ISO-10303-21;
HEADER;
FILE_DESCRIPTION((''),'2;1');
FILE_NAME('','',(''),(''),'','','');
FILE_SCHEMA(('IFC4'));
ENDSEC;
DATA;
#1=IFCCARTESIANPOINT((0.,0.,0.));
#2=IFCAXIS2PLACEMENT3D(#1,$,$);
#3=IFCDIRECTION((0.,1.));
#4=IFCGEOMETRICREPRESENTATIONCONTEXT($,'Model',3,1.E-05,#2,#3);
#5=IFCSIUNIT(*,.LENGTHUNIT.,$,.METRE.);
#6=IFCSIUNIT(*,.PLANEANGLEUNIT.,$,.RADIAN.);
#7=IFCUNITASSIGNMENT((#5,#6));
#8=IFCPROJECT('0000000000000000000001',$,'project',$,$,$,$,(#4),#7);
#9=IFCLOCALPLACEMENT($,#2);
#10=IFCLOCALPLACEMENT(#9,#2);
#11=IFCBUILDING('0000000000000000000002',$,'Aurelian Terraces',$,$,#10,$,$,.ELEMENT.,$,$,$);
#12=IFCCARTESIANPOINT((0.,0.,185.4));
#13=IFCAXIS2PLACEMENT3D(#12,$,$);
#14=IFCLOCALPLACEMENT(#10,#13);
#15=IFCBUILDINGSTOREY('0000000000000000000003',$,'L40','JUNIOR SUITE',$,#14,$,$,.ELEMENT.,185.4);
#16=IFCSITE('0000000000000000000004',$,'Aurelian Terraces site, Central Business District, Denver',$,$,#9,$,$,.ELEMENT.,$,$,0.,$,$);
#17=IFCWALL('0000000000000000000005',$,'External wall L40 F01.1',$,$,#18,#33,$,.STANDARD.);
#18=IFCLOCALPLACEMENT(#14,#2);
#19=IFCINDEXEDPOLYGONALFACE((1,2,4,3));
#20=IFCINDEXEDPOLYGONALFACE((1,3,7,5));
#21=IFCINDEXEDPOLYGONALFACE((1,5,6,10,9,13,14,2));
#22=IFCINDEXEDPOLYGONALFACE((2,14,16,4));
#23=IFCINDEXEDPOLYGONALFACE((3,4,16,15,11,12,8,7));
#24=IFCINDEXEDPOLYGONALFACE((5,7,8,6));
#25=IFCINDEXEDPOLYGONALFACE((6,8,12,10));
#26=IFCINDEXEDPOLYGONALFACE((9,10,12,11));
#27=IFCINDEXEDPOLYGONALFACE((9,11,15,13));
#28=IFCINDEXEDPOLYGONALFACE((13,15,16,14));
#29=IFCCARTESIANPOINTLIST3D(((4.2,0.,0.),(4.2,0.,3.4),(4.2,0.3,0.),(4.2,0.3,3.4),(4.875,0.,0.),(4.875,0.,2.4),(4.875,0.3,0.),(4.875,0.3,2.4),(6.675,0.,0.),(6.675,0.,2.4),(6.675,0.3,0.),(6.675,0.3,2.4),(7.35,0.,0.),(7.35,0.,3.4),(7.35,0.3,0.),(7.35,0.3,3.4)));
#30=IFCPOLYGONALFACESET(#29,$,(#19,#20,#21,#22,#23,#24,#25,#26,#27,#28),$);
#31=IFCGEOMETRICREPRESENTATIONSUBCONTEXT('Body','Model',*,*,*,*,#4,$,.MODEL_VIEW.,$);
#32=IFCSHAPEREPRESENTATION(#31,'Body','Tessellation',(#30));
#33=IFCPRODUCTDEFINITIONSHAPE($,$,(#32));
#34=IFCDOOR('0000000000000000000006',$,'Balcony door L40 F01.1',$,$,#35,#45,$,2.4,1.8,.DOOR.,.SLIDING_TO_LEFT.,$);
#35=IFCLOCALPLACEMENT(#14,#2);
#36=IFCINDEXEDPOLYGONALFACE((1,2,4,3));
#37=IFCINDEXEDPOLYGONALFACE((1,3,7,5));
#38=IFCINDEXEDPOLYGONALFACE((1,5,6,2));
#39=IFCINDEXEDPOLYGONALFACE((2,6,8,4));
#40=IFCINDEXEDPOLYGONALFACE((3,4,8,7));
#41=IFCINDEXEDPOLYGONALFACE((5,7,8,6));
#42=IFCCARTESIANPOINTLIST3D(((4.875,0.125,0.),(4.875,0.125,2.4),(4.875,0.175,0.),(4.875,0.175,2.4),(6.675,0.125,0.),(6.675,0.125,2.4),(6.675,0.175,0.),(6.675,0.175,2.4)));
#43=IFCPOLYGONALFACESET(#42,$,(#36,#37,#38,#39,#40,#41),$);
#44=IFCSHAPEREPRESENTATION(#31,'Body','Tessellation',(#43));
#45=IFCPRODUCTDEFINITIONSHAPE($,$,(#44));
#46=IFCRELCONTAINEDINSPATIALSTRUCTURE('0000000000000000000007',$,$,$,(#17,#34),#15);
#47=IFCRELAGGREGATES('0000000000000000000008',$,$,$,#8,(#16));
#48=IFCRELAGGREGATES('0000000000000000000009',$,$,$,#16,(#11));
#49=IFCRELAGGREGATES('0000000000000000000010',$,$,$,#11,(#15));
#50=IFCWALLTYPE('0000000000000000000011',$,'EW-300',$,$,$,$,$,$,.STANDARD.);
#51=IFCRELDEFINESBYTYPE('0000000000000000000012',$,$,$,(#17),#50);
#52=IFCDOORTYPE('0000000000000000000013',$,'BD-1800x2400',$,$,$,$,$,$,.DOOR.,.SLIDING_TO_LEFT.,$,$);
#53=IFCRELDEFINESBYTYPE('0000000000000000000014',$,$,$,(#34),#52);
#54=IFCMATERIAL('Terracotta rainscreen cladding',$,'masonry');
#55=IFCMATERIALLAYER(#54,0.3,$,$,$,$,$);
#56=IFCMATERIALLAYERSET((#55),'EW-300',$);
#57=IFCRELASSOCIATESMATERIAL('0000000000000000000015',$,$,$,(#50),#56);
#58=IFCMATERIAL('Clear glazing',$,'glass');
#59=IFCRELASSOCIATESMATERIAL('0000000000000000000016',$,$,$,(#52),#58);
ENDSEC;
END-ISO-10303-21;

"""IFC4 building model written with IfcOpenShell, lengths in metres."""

from ifc_helpers import new_model, si_unit, direction, frame, frame_2d, origin, place, context, subcontext, project, spatial, rectangle, extrude, source, transform, mapped, material, layer, layer_set, type_object, element, fill, save


model = new_model("IFC4")

# Units and contexts
model_context = context("Model", 3, precision=1e-05, world=origin(), true_north=direction((0.0, 1.0)))
body_context = subcontext(model_context, "Body", "Model", "MODEL_VIEW")
ifc_project = project(units=[si_unit("LENGTHUNIT", "METRE"), si_unit("PLANEANGLEUNIT", "RADIAN")], contexts=[model_context])

# Site, building, storey
site_placement = place(None, origin())
site = spatial("IfcSite", under=ifc_project, at=site_placement, Name="Aurelian Terraces site, Central Business District, Denver", CompositionType="ELEMENT", RefElevation=0.0)
building_placement = place(site_placement, origin())
building = spatial("IfcBuilding", under=site, at=building_placement, Name="Aurelian Terraces", CompositionType="ELEMENT")
storey_placement = place(building_placement, frame((0.0, 0.0, 185.4)))
storey = spatial("IfcBuildingStorey", under=building, at=storey_placement, Name="L40", Description="JUNIOR SUITE", CompositionType="ELEMENT", Elevation=185.4)

# Shared definitions
ifc_material_1 = material(Name="Terracotta rainscreen cladding", Category="masonry")
ifc_layer_1 = layer(ifc_material_1, 0.3)
ifc_layer_set_1 = layer_set([ifc_layer_1], Name="EW-300")
wall_type_1 = type_object("IfcWallType", Name="EW-300", PredefinedType="STANDARD", material=ifc_layer_set_1)
ifc_material_2 = material(Name="Clear glazing", Category="glass")

# Wall, opening, door
shared_shape_1 = source(origin(), body_context, "Body", "SweptSolid", [
    extrude(rectangle(XDim=3.15, YDim=0.3, at=frame_2d((1.575, 0.0))), origin(), (0.0, 0.0, 1.0), 3.4),
])
wall_1_placement = place(storey_placement, frame((4.2, 0.15, 0.0), z_axis=(0.0, 0.0, 1.0), x_axis=(1.0, 0.0, 0.0)))
wall_1 = element("IfcWall", 1, at=wall_1_placement, inside=storey, type_object=wall_type_1, Name="External wall L40 F01.1", PredefinedType="STANDARD", context=body_context, shape_type="MappedRepresentation", body=[
    mapped(shared_shape_1, transform((0.0, 0.0, 0.0), scale=1.0)),
])
shared_shape_2 = source(origin(), body_context, "Body", "SweptSolid", [
    extrude(rectangle(XDim=1.8, YDim=2.4, at=frame_2d((0.9, 1.2))), frame((0.0, 0.16, 0.0), z_axis=(0.0, -1.0, 0.0), x_axis=(1.0, 0.0, 0.0)), (0.0, 0.0, 1.0), 0.32),
])
opening_1_placement = place(wall_1_placement, frame((0.675, 0.0, 0.0)))
opening_1 = element("IfcOpeningElement", 2, at=opening_1_placement, cuts=wall_1, PredefinedType="OPENING", context=body_context, shape_type="MappedRepresentation", body=[
    mapped(shared_shape_2, transform((0.0, 0.0, 0.0), scale=1.0)),
])
door_type_1 = type_object("IfcDoorType", Name="BD-1800x2400", OperationType="SLIDING_TO_LEFT", PredefinedType="DOOR", material=ifc_material_2)
shared_shape_3 = source(origin(), body_context, "Body", "SweptSolid", [
    extrude(rectangle(XDim=1.8, YDim=2.4, at=frame_2d((0.9, 1.2))), frame((0.0, 0.025, 0.0), z_axis=(0.0, -1.0, 0.0), x_axis=(1.0, 0.0, 0.0)), (0.0, 0.0, 1.0), 0.05),
])
door_1_placement = place(opening_1_placement, origin())
door_1 = element("IfcDoor", 3, at=door_1_placement, inside=storey, type_object=door_type_1, Name="Balcony door L40 F01.1", OperationType="SLIDING_TO_LEFT", OverallHeight=2.4, OverallWidth=1.8, PredefinedType="DOOR", context=body_context, shape_type="MappedRepresentation", body=[
    mapped(shared_shape_3, transform((0.0, 0.0, 0.0), scale=1.0)),
])
fill(opening_1, door_1)

save(model, "model.ifc")
